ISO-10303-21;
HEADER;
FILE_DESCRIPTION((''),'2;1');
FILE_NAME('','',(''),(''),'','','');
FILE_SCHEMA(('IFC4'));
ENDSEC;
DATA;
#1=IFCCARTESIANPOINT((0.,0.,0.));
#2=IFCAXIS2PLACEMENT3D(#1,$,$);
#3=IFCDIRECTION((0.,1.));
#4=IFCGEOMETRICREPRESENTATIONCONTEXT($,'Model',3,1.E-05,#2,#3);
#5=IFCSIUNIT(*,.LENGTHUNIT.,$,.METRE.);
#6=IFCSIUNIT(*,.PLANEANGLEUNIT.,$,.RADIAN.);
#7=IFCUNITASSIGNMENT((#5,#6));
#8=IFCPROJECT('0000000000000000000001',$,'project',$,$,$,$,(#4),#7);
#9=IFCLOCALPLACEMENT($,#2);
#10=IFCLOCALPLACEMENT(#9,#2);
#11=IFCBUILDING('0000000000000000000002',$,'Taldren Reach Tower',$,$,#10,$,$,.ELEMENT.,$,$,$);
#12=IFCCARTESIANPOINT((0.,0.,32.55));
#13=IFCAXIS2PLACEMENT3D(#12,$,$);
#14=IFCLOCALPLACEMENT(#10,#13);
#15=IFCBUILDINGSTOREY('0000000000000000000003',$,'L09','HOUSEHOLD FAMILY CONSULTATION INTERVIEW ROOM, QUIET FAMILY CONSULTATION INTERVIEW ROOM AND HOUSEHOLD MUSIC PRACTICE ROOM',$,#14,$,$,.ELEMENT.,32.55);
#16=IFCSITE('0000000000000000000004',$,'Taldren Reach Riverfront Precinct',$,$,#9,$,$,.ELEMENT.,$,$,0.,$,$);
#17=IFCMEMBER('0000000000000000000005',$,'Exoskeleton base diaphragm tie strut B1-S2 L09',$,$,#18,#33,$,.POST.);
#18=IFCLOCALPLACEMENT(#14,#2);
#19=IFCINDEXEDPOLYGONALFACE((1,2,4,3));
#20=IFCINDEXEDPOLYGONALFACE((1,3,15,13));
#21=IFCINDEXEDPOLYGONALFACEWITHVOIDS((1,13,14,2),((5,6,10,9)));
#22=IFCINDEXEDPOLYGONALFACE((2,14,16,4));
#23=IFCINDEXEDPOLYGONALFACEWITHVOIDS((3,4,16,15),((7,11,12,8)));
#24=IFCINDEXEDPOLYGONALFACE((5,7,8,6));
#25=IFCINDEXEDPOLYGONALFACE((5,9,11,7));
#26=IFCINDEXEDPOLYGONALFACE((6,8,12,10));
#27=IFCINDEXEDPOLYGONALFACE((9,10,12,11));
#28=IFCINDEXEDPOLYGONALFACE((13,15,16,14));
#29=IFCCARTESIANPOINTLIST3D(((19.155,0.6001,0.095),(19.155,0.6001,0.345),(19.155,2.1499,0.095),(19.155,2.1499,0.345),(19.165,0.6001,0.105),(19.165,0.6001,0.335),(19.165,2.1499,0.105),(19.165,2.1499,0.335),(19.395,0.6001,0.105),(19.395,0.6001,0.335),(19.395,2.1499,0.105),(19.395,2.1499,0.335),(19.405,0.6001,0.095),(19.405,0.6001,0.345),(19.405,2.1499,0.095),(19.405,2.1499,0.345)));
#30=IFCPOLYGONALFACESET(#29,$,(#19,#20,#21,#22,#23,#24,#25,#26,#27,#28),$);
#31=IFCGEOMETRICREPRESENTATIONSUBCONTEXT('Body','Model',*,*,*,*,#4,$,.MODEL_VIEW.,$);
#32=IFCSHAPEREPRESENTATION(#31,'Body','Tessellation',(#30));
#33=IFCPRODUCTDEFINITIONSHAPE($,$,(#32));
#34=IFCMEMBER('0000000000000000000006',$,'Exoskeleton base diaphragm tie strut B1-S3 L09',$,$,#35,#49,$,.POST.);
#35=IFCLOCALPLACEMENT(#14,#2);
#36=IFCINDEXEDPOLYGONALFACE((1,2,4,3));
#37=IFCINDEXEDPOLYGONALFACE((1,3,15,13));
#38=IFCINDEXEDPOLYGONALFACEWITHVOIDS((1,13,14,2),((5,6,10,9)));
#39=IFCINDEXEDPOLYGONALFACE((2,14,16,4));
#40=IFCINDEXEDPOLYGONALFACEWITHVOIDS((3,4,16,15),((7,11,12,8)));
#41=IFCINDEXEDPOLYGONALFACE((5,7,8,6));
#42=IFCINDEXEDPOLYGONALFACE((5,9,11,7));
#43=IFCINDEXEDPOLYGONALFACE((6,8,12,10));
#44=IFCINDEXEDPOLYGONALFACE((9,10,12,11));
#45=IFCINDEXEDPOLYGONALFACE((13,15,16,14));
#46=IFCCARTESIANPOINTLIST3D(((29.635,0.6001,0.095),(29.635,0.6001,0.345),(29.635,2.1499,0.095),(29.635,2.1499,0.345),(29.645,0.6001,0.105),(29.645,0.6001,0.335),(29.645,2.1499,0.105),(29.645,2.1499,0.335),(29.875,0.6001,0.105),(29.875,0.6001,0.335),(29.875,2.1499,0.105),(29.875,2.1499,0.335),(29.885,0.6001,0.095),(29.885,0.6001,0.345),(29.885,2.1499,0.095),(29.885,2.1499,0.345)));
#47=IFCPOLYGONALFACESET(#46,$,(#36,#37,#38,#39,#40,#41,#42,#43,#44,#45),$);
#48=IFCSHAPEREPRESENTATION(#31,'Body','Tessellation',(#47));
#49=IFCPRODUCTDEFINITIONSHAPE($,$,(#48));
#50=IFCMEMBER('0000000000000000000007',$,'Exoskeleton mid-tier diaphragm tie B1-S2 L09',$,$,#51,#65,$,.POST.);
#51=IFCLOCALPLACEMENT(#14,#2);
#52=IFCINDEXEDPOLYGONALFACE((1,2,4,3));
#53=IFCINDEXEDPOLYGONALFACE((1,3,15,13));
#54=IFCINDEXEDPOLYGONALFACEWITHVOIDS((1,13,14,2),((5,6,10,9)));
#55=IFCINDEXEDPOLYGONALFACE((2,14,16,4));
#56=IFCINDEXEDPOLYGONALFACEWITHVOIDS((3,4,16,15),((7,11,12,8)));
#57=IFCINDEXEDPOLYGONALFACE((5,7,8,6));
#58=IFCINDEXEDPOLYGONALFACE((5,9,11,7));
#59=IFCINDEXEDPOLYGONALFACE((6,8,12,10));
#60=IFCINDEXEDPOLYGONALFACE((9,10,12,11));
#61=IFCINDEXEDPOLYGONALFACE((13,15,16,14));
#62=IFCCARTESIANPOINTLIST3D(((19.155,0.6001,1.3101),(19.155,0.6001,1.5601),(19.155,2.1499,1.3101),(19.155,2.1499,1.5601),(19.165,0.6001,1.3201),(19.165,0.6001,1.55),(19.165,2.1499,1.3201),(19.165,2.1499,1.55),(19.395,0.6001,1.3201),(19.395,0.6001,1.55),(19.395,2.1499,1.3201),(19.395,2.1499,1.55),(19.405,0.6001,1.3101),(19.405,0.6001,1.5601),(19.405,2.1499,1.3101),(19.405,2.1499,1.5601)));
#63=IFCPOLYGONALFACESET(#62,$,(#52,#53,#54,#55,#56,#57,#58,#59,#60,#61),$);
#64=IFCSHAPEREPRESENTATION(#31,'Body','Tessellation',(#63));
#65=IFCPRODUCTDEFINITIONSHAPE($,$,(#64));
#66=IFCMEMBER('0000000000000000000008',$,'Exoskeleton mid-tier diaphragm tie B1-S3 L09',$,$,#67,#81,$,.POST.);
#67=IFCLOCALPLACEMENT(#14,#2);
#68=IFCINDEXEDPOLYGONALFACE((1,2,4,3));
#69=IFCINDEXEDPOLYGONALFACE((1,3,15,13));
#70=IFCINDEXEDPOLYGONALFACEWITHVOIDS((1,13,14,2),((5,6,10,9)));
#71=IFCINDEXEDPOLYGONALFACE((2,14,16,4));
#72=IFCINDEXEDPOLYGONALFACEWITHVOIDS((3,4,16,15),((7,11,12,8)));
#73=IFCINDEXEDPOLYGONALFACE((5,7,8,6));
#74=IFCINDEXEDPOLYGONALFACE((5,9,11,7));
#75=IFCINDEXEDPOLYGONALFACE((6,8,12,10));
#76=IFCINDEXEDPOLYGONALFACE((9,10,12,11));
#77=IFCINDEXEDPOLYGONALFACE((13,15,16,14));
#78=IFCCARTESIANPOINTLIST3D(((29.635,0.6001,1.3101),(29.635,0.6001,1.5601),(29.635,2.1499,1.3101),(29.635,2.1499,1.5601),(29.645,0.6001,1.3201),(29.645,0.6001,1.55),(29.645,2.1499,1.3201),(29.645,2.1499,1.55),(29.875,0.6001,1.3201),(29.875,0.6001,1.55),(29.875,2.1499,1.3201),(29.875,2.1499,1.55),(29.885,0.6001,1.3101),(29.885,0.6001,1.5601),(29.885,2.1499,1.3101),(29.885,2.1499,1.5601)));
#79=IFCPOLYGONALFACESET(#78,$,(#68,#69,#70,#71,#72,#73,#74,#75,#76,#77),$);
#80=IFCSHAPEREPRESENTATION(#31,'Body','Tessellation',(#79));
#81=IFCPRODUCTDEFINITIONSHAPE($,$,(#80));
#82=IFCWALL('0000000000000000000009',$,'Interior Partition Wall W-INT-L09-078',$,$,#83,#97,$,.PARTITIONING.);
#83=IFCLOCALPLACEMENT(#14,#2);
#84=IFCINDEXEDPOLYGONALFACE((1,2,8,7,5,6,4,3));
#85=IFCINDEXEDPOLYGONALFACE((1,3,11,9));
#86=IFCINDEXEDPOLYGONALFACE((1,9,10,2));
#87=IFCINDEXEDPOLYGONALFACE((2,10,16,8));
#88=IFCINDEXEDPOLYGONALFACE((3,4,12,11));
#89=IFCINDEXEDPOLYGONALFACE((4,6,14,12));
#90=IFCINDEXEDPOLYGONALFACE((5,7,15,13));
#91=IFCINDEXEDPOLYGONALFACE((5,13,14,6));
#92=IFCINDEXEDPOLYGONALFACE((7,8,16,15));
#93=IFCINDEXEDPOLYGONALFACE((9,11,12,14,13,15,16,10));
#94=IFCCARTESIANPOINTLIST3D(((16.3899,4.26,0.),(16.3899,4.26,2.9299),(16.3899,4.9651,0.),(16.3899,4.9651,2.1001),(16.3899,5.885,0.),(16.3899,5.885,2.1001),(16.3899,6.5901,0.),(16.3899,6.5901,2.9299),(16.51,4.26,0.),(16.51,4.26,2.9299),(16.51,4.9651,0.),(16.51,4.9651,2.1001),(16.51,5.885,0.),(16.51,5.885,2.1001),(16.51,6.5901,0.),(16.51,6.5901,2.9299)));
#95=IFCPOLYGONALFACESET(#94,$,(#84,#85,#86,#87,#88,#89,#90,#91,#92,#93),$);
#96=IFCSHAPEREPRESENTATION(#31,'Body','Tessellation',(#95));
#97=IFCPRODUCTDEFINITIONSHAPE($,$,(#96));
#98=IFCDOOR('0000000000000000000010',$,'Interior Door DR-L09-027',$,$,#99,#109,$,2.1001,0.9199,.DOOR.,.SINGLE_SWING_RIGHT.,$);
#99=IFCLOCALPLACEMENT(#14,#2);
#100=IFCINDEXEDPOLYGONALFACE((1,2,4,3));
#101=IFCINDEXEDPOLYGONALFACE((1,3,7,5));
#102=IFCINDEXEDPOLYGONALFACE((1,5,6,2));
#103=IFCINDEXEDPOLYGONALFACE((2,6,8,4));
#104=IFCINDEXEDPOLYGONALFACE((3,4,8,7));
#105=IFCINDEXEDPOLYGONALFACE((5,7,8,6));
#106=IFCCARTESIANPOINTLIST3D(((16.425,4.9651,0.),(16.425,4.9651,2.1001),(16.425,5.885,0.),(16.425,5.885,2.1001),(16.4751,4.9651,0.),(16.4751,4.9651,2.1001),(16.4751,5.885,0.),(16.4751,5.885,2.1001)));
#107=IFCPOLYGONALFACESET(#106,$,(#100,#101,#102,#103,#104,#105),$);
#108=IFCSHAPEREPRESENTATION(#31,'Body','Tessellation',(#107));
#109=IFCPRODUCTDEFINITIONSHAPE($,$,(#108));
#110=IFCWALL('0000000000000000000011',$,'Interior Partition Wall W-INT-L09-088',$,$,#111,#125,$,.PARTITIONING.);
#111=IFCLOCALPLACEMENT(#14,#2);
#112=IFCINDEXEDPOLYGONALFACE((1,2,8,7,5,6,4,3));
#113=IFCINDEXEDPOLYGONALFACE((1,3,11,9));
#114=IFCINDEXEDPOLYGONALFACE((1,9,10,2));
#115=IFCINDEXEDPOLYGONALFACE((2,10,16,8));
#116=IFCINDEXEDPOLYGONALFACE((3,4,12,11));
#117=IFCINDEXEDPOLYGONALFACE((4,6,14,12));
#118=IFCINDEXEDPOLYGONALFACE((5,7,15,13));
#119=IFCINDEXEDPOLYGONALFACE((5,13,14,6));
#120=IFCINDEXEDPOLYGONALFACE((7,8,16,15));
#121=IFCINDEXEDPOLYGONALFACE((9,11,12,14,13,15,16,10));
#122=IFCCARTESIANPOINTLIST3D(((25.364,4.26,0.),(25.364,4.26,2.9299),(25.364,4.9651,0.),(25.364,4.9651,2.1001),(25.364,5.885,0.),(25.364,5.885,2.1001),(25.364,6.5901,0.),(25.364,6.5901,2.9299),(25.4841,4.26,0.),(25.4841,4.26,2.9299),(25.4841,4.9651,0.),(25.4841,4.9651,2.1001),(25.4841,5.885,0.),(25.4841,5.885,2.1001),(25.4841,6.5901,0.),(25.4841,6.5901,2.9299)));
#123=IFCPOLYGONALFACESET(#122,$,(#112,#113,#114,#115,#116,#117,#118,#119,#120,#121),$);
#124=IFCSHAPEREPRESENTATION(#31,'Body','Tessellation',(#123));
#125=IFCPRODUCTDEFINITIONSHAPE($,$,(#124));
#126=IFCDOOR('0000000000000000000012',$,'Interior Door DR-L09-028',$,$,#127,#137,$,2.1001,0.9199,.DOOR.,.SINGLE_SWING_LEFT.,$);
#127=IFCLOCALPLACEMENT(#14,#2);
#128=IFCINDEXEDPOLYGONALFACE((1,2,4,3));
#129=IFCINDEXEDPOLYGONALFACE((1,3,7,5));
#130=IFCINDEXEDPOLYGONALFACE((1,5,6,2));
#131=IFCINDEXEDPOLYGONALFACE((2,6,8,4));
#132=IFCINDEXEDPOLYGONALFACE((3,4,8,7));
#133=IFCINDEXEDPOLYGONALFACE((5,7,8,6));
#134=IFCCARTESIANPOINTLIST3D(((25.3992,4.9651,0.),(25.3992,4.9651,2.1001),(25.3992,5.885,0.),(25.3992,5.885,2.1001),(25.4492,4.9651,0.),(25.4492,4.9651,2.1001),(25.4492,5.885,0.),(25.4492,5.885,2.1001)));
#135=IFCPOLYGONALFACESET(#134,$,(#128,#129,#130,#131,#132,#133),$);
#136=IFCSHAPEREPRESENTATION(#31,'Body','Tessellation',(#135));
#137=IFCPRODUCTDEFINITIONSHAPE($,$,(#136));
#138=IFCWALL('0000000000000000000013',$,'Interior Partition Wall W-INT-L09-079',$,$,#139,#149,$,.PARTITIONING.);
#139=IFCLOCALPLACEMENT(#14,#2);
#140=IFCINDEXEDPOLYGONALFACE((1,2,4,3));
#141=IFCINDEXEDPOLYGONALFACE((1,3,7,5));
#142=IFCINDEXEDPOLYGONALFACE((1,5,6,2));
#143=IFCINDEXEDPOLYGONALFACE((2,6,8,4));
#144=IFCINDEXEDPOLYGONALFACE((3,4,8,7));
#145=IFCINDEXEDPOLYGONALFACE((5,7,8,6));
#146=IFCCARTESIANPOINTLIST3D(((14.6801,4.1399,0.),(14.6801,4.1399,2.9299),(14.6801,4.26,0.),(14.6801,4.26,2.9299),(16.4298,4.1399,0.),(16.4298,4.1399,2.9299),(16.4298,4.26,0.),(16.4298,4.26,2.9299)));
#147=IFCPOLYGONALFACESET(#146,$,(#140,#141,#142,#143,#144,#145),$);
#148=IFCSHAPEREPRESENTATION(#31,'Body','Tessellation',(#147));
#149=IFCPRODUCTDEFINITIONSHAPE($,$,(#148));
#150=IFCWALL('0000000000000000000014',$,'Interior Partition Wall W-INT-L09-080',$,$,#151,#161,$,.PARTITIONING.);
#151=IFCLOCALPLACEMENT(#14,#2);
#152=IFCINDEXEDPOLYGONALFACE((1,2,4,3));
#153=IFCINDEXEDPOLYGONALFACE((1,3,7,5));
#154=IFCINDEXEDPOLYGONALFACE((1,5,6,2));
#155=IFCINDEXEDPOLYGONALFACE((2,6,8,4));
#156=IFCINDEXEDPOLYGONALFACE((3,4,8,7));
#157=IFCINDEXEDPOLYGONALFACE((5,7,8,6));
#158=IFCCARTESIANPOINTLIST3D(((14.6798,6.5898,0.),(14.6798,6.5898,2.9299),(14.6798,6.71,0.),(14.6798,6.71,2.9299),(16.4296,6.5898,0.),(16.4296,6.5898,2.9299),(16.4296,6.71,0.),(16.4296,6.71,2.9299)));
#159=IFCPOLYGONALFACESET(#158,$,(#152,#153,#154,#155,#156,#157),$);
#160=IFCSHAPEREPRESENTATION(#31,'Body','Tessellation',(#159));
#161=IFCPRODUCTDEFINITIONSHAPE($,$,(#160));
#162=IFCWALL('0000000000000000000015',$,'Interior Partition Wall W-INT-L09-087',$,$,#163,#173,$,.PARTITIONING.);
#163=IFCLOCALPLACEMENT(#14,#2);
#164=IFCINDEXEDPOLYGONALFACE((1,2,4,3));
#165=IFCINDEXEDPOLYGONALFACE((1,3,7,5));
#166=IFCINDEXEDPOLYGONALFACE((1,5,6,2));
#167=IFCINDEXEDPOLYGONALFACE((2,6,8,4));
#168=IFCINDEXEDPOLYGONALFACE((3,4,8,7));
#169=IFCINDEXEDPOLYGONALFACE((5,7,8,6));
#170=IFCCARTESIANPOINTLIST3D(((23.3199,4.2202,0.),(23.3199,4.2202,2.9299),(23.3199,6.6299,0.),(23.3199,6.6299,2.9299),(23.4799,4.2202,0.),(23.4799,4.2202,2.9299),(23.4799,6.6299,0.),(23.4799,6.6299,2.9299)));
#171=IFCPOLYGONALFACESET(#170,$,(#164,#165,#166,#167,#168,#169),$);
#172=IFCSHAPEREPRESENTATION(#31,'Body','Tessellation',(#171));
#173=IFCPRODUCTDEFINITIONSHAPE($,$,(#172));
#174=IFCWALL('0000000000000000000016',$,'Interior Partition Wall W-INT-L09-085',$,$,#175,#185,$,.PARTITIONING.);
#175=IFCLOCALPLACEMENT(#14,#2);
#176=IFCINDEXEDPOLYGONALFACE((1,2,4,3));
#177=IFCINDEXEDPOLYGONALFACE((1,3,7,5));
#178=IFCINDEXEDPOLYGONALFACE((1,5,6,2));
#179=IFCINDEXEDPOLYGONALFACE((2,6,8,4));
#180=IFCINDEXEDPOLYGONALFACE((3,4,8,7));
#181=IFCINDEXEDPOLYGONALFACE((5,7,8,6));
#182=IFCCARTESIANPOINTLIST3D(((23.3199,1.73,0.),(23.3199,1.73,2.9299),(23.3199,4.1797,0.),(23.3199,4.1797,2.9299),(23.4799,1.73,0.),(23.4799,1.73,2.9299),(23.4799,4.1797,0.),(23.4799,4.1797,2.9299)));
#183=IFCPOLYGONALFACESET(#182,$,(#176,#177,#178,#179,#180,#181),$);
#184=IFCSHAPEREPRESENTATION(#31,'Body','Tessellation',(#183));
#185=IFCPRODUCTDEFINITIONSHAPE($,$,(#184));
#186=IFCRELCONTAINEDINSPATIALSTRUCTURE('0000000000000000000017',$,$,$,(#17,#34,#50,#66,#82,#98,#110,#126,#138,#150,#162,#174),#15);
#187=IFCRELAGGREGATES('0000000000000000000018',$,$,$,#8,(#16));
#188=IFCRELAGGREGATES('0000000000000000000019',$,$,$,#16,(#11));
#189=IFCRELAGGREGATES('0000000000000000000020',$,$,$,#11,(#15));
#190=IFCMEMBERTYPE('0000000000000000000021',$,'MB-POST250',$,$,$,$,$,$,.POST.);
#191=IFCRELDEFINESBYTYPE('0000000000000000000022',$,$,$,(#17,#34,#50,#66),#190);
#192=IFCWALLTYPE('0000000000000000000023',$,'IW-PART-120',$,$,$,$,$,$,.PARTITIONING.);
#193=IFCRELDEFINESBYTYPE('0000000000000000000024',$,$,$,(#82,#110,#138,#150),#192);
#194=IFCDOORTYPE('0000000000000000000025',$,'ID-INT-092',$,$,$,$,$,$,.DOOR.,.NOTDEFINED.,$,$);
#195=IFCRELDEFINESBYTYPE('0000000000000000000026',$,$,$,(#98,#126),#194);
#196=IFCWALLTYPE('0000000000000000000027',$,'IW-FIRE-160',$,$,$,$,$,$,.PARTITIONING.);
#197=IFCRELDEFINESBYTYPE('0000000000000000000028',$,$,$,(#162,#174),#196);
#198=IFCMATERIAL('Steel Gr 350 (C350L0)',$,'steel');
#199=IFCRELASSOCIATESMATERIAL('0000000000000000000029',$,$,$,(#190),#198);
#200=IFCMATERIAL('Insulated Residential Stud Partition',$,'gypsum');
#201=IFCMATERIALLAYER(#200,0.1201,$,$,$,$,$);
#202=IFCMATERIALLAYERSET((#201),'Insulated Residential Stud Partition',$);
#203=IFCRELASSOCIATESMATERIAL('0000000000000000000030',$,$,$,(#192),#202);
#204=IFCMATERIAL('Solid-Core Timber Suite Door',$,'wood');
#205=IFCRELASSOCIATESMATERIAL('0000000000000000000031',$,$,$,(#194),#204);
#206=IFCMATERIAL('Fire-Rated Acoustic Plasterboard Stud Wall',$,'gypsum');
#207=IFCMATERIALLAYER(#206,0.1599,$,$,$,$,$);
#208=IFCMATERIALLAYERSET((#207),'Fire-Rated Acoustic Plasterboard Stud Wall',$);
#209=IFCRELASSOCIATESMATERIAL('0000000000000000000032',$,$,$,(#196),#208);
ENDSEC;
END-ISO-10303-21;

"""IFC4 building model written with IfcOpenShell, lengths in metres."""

from ifc_helpers import new_model, si_unit, direction, frame, frame_2d, origin, origin_2d, place, context, subcontext, project, spatial, rectangle, hollow_rectangle, extrude, source, transform, mapped, material, layer, layer_set, material_profile, profile_set, type_object, element, fill, save


model = new_model("IFC4")

# Units and contexts
model_context = context("Model", 3, precision=1e-05, world=origin(), true_north=direction((0.0, 1.0)))
body_context = subcontext(model_context, "Body", "Model", "MODEL_VIEW")
ifc_project = project(units=[si_unit("LENGTHUNIT", "METRE"), si_unit("PLANEANGLEUNIT", "RADIAN")], contexts=[model_context])

# Site, building, storey
site_placement = place(None, origin())
site = spatial("IfcSite", under=ifc_project, at=site_placement, Name="Taldren Reach Riverfront Precinct", CompositionType="ELEMENT", RefElevation=0.0)
building_placement = place(site_placement, origin())
building = spatial("IfcBuilding", under=site, at=building_placement, Name="Taldren Reach Tower", CompositionType="ELEMENT")
storey_placement = place(building_placement, frame((0.0, 0.0, 32.55)))
storey = spatial("IfcBuildingStorey", under=building, at=storey_placement, Name="L09", Description="HOUSEHOLD FAMILY CONSULTATION INTERVIEW ROOM, QUIET FAMILY CONSULTATION INTERVIEW ROOM AND HOUSEHOLD MUSIC PRACTICE ROOM", CompositionType="ELEMENT", Elevation=32.55)

# Members
ifc_material_1 = material(Name="Steel Gr 350 (C350L0)", Category="steel")
ifc_material_profile_1 = material_profile(ifc_material_1, hollow_rectangle(XDim=0.25, YDim=0.25, WallThickness=0.01, at=origin_2d()), Name="250x250x10.0SHS")
ifc_profile_set_1 = profile_set([ifc_material_profile_1], Name="Steel Gr 350 (C350L0)")
member_type_1 = type_object("IfcMemberType", Name="MB-POST250", PredefinedType="POST", material=ifc_profile_set_1)
shared_shape_1 = source(origin(), body_context, "Body", "SweptSolid", [
    extrude(hollow_rectangle(XDim=0.25, YDim=0.25, WallThickness=0.01, at=origin_2d()), origin(), (0.0, 0.0, 1.0), 1.5498),
])
for number, where, z_axis, x_axis, name in (
    (1, (19.28, 2.1499, 0.22), (0.0, -1.0, 0.0), (1.0, 0.0, 0.0), "Exoskeleton base diaphragm tie strut B1-S2 L09"),
    (2, (29.76, 2.1499, 0.22), (0.0, -1.0, 0.0), (1.0, 0.0, 0.0), "Exoskeleton base diaphragm tie strut B1-S3 L09"),
    (3, (19.28, 2.1499, 1.4351), (0.0, -1.0, 0.0), (1.0, 0.0, 0.0), "Exoskeleton mid-tier diaphragm tie B1-S2 L09"),
    (4, (29.76, 2.1499, 1.4351), (0.0, -1.0, 0.0), (1.0, 0.0, 0.0), "Exoskeleton mid-tier diaphragm tie B1-S3 L09"),
):
    element("IfcMember", number, at=place(storey_placement, frame(where, z_axis=z_axis, x_axis=x_axis)), inside=storey, type_object=member_type_1, Name=name, PredefinedType="POST", context=body_context, shape_type="MappedRepresentation", body=[
        mapped(shared_shape_1, transform((0.0, 0.0, 0.0), scale=1.0)),
    ])

# Walls, openings, doors
ifc_material_2 = material(Name="Insulated Residential Stud Partition", Category="gypsum")
ifc_layer_1 = layer(ifc_material_2, 0.1201)
ifc_layer_set_1 = layer_set([ifc_layer_1], Name="Insulated Residential Stud Partition")
wall_type_1 = type_object("IfcWallType", Name="IW-PART-120", PredefinedType="PARTITIONING", material=ifc_layer_set_1)
shared_shape_2 = source(origin(), body_context, "Body", "SweptSolid", [
    extrude(rectangle(XDim=2.3301, YDim=0.1201, at=frame_2d((1.165, 0.0))), origin(), (0.0, 0.0, 1.0), 2.9299),
])
wall_1_placement = place(storey_placement, frame((16.45, 4.26, 0.0), z_axis=(0.0, 0.0, 1.0), x_axis=(0.0, 1.0, 0.0)))
wall_1 = element("IfcWall", 5, at=wall_1_placement, inside=storey, type_object=wall_type_1, Name="Interior Partition Wall W-INT-L09-078", PredefinedType="PARTITIONING", context=body_context, shape_type="MappedRepresentation", body=[
    mapped(shared_shape_2, transform((0.0, 0.0, 0.0), scale=1.0)),
])
shared_shape_3 = source(origin(), body_context, "Body", "SweptSolid", [
    extrude(rectangle(XDim=0.9199, YDim=2.1001, at=frame_2d((0.46, 1.05))), frame((0.0, 0.0701, 0.0), z_axis=(0.0, -1.0, 0.0), x_axis=(1.0, 0.0, 0.0)), (0.0, 0.0, 1.0), 0.1401),
])
opening_1_placement = place(wall_1_placement, frame((0.7051, 0.0, 0.0)))
opening_1 = element("IfcOpeningElement", 6, at=opening_1_placement, cuts=wall_1, PredefinedType="OPENING", context=body_context, shape_type="MappedRepresentation", body=[
    mapped(shared_shape_3, transform((0.0, 0.0, 0.0), scale=1.0)),
])
ifc_material_3 = material(Name="Solid-Core Timber Suite Door", Category="wood")
door_type = type_object("IfcDoorType", Name="ID-INT-092", OperationType="NOTDEFINED", PredefinedType="DOOR", material=ifc_material_3)
shared_shape_4 = source(origin(), body_context, "Body", "SweptSolid", [
    extrude(rectangle(XDim=0.9199, YDim=2.1001, at=frame_2d((0.46, 1.05))), frame((0.0, 0.0249, 0.0), z_axis=(0.0, -1.0, 0.0), x_axis=(1.0, 0.0, 0.0)), (0.0, 0.0, 1.0), 0.05),
])
door_1_placement = place(opening_1_placement, origin())
door_1 = element("IfcDoor", 7, at=door_1_placement, inside=storey, type_object=door_type, Name="Interior Door DR-L09-027", OperationType="SINGLE_SWING_RIGHT", OverallHeight=2.1001, OverallWidth=0.9199, PredefinedType="DOOR", context=body_context, shape_type="MappedRepresentation", body=[
    mapped(shared_shape_4, transform((0.0, 0.0, 0.0), scale=1.0)),
])
fill(opening_1, door_1)
wall_2_placement = place(storey_placement, frame((25.4241, 4.26, 0.0), z_axis=(0.0, 0.0, 1.0), x_axis=(0.0, 1.0, 0.0)))
wall_2 = element("IfcWall", 8, at=wall_2_placement, inside=storey, type_object=wall_type_1, Name="Interior Partition Wall W-INT-L09-088", PredefinedType="PARTITIONING", context=body_context, shape_type="MappedRepresentation", body=[
    mapped(shared_shape_2, transform((0.0, 0.0, 0.0), scale=1.0)),
])
opening_2_placement = place(wall_2_placement, frame((0.7051, 0.0, 0.0)))
opening_2 = element("IfcOpeningElement", 9, at=opening_2_placement, cuts=wall_2, PredefinedType="OPENING", context=body_context, shape_type="MappedRepresentation", body=[
    mapped(shared_shape_3, transform((0.0, 0.0, 0.0), scale=1.0)),
])
door_2_placement = place(opening_2_placement, origin())
door_2 = element("IfcDoor", 10, at=door_2_placement, inside=storey, type_object=door_type, Name="Interior Door DR-L09-028", OperationType="SINGLE_SWING_LEFT", OverallHeight=2.1001, OverallWidth=0.9199, PredefinedType="DOOR", context=body_context, shape_type="MappedRepresentation", body=[
    mapped(shared_shape_4, transform((0.0, 0.0, 0.0), scale=1.0)),
])
fill(opening_2, door_2)

# Walls
shared_shape_5 = source(origin(), body_context, "Body", "SweptSolid", [
    extrude(rectangle(XDim=1.7498, YDim=0.1201, at=frame_2d((0.875, 0.0))), origin(), (0.0, 0.0, 1.0), 2.9299),
])
for number, where, z_axis, x_axis, name in (
    (11, (14.6799, 4.2, 0.0), (0.0, 0.0, 1.0), (1.0, 0.0, 0.0), "Interior Partition Wall W-INT-L09-079"),
    (12, (16.4297, 6.6499, 0.0), (0.0, 0.0, 1.0), (-1.0, 0.0, 0.0), "Interior Partition Wall W-INT-L09-080"),
):
    element("IfcWall", number, at=place(storey_placement, frame(where, z_axis=z_axis, x_axis=x_axis)), inside=storey, type_object=wall_type_1, Name=name, PredefinedType="PARTITIONING", context=body_context, shape_type="MappedRepresentation", body=[
        mapped(shared_shape_5, transform((0.0, 0.0, 0.0), scale=1.0)),
    ])
ifc_material_4 = material(Name="Fire-Rated Acoustic Plasterboard Stud Wall", Category="gypsum")
ifc_layer_2 = layer(ifc_material_4, 0.1599)
ifc_layer_set_2 = layer_set([ifc_layer_2], Name="Fire-Rated Acoustic Plasterboard Stud Wall")
wall_type_2 = type_object("IfcWallType", Name="IW-FIRE-160", PredefinedType="PARTITIONING", material=ifc_layer_set_2)
shared_shape_6 = source(origin(), body_context, "Body", "SweptSolid", [
    extrude(rectangle(XDim=2.4097, YDim=0.1599, at=frame_2d((1.2048, 0.0))), origin(), (0.0, 0.0, 1.0), 2.9299),
])
wall_3_placement = place(storey_placement, frame((23.3999, 6.6299, 0.0), z_axis=(0.0, 0.0, 1.0), x_axis=(0.0, -1.0, 0.0)))
element("IfcWall", 13, at=wall_3_placement, inside=storey, type_object=wall_type_2, Name="Interior Partition Wall W-INT-L09-087", PredefinedType="PARTITIONING", context=body_context, shape_type="MappedRepresentation", body=[
    mapped(shared_shape_6, transform((0.0, 0.0, 0.0), scale=1.0)),
])
shared_shape_7 = source(origin(), body_context, "Body", "SweptSolid", [
    extrude(rectangle(XDim=2.4497, YDim=0.1599, at=frame_2d((1.2249, 0.0))), origin(), (0.0, 0.0, 1.0), 2.9299),
])
wall_4_placement = place(storey_placement, frame((23.3999, 4.1797, 0.0), z_axis=(0.0, 0.0, 1.0), x_axis=(0.0, -1.0, 0.0)))
element("IfcWall", 14, at=wall_4_placement, inside=storey, type_object=wall_type_2, Name="Interior Partition Wall W-INT-L09-085", PredefinedType="PARTITIONING", context=body_context, shape_type="MappedRepresentation", body=[
    mapped(shared_shape_7, transform((0.0, 0.0, 0.0), scale=1.0)),
])

save(model, "model.ifc")
